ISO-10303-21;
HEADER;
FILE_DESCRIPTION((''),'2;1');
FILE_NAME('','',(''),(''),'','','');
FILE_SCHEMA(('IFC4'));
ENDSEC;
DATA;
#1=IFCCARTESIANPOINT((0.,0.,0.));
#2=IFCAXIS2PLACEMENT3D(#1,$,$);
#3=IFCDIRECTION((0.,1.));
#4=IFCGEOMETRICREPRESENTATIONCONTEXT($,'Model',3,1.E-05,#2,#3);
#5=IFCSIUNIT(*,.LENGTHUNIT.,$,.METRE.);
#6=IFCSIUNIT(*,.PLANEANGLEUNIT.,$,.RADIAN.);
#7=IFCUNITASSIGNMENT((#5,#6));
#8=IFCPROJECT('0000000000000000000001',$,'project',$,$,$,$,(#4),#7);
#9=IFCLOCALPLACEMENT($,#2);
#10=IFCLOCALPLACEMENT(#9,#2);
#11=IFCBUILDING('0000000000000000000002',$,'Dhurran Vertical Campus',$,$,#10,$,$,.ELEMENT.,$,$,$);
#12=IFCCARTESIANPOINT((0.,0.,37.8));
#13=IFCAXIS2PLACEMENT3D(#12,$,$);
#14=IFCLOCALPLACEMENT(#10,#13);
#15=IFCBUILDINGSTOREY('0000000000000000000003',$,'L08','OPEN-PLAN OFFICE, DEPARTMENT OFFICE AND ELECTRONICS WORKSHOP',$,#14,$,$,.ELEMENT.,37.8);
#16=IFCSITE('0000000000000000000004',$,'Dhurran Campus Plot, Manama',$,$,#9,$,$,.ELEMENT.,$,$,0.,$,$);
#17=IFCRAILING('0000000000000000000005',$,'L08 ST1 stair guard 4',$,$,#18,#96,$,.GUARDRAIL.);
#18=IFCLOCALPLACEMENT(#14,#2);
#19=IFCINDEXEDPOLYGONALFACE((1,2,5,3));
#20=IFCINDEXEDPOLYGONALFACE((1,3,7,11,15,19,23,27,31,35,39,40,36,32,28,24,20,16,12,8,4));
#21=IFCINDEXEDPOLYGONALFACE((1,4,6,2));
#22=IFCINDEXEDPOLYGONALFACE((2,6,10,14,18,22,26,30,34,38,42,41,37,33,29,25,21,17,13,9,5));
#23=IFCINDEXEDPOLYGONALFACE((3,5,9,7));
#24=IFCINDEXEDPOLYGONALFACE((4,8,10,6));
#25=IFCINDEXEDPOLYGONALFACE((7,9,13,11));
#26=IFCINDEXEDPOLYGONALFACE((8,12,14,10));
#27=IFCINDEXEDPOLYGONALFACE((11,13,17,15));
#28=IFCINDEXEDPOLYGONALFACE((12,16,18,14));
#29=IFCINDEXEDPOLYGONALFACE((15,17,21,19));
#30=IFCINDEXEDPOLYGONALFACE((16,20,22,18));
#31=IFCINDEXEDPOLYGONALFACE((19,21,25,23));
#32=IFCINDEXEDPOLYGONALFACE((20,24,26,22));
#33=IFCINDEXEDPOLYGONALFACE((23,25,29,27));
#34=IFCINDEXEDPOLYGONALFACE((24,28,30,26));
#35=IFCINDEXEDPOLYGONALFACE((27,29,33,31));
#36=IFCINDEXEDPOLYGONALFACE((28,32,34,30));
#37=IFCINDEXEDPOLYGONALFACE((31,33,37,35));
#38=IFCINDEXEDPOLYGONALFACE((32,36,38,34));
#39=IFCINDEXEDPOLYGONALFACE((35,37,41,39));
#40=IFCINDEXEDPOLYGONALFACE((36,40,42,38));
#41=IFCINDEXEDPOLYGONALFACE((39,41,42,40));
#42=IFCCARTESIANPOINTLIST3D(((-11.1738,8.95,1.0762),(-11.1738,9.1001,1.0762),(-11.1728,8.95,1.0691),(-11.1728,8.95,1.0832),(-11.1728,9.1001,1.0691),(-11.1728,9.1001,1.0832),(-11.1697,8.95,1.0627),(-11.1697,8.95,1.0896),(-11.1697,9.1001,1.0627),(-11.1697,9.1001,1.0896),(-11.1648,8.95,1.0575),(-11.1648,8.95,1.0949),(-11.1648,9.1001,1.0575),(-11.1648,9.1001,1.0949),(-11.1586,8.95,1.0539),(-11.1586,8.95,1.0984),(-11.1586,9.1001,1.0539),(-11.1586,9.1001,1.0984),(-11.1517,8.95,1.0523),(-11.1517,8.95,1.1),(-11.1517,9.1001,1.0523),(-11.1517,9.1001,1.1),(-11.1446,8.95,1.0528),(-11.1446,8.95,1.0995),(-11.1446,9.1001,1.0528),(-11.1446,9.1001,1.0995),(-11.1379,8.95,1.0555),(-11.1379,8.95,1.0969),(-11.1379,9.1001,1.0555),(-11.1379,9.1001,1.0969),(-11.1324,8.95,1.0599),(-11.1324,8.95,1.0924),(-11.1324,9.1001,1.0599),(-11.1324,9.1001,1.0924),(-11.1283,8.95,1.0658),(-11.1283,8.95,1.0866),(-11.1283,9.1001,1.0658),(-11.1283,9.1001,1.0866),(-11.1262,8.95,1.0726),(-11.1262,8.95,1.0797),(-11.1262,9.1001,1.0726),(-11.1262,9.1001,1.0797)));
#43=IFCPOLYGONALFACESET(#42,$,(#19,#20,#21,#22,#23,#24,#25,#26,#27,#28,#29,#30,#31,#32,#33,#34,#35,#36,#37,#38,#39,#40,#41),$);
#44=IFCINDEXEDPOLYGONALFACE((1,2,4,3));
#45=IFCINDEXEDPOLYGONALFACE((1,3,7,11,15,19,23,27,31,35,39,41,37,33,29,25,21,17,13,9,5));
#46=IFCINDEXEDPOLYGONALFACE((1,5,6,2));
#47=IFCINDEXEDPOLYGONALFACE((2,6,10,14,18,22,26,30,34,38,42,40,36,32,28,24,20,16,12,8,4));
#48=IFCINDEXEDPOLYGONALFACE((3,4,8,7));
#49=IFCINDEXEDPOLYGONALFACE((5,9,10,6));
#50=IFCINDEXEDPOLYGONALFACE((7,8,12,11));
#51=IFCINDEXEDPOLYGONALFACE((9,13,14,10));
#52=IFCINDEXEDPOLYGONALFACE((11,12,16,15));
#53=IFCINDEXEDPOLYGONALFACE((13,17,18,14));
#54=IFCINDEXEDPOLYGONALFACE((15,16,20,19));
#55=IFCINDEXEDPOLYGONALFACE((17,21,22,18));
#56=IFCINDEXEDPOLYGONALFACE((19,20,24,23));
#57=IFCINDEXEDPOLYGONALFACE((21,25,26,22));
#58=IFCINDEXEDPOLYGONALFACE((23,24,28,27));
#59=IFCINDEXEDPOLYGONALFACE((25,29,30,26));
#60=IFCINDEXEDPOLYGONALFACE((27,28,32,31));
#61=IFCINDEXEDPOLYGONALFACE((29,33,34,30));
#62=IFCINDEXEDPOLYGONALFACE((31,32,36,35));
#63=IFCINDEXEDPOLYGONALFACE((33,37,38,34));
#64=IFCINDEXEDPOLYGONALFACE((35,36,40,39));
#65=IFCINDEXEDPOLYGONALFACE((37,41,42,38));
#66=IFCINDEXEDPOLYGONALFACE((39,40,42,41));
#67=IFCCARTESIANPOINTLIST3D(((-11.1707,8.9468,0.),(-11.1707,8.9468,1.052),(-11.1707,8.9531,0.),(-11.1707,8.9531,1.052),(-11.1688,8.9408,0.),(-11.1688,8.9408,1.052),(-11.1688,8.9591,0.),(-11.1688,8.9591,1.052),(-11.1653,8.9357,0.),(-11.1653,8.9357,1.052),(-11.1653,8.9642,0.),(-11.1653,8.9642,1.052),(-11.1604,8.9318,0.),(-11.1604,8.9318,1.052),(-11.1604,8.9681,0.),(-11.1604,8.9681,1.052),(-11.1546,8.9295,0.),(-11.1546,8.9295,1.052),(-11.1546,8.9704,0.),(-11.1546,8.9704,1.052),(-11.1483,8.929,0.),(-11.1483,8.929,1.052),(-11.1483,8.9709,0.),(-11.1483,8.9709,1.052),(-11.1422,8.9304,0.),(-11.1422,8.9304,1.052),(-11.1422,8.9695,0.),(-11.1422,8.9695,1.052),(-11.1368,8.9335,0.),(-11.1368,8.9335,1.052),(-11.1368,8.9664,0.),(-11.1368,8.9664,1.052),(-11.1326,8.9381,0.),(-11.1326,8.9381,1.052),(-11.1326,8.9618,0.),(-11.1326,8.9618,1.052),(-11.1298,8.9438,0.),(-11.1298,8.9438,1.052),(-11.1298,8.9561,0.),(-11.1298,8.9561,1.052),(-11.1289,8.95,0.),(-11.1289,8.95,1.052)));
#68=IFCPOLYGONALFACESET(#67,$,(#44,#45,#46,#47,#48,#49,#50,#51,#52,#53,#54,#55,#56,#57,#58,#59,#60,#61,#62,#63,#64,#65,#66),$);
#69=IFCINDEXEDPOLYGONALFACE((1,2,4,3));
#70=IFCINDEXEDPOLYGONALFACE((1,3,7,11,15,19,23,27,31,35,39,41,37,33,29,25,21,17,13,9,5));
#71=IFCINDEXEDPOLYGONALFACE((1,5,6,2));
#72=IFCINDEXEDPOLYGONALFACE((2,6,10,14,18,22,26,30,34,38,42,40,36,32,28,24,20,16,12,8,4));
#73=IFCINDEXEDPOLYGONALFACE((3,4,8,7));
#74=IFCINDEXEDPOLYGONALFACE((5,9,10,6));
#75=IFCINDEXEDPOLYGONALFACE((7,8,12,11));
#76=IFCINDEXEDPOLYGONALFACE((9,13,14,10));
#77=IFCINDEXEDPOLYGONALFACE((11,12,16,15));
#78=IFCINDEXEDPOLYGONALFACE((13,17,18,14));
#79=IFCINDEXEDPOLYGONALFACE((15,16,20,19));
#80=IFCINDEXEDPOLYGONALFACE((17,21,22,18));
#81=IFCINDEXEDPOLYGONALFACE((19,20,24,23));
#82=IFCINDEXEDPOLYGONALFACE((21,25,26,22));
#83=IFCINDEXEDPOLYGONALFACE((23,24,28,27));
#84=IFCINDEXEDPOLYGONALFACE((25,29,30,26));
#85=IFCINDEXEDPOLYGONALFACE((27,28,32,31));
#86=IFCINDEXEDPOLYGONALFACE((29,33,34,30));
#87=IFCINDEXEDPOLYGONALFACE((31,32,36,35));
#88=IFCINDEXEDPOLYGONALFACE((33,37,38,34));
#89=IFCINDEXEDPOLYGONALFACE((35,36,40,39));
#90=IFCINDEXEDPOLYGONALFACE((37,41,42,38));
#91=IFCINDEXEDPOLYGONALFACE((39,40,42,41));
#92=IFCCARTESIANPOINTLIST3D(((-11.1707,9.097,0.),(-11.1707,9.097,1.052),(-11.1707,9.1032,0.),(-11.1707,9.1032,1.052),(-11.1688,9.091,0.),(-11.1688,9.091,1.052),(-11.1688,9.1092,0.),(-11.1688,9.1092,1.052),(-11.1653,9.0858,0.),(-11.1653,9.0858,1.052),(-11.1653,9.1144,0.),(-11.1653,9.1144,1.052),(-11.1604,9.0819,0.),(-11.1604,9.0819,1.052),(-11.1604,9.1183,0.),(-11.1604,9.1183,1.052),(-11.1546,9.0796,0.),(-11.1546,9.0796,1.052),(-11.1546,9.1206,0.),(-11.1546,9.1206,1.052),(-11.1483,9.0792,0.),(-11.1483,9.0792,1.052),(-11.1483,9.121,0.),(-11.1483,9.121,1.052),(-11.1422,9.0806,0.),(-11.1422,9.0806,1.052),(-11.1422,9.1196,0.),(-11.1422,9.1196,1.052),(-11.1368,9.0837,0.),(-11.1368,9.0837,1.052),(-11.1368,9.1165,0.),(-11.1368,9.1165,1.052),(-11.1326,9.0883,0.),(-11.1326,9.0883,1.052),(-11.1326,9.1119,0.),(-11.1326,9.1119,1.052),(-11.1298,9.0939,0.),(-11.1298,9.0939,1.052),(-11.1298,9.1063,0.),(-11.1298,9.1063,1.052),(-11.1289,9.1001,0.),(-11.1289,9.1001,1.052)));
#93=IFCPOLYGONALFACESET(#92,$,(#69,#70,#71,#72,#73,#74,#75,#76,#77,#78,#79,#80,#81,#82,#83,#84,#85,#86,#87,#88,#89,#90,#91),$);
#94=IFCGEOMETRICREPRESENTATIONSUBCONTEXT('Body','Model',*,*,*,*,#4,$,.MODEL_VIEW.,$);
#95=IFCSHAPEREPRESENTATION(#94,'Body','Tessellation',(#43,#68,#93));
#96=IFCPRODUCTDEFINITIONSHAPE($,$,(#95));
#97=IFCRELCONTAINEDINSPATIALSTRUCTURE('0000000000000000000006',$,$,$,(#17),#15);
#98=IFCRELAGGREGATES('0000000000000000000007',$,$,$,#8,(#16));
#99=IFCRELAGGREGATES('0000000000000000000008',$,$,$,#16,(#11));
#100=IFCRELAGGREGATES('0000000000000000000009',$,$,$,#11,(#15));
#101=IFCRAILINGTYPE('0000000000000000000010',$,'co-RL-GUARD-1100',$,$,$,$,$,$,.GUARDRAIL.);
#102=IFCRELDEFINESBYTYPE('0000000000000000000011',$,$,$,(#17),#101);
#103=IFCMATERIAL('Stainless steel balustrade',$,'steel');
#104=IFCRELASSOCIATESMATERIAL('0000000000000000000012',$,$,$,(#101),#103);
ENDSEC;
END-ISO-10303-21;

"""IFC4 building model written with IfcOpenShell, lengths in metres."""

from ifc_helpers import new_model, si_unit, direction, frame, origin, origin_2d, place, context, subcontext, project, spatial, circle, extrude, material, type_object, element, save


model = new_model("IFC4")

# Units and contexts
model_context = context("Model", 3, precision=1e-05, world=origin(), true_north=direction((0.0, 1.0)))
body_context = subcontext(model_context, "Body", "Model", "MODEL_VIEW")
ifc_project = project(units=[si_unit("LENGTHUNIT", "METRE"), si_unit("PLANEANGLEUNIT", "RADIAN")], contexts=[model_context])

# Site, building, storey
site_placement = place(None, origin())
site = spatial("IfcSite", under=ifc_project, at=site_placement, Name="Dhurran Campus Plot, Manama", CompositionType="ELEMENT", RefElevation=0.0)
building_placement = place(site_placement, origin())
building = spatial("IfcBuilding", under=site, at=building_placement, Name="Dhurran Vertical Campus", CompositionType="ELEMENT")
storey_placement = place(building_placement, frame((0.0, 0.0, 37.8)))
storey = spatial("IfcBuildingStorey", under=building, at=storey_placement, Name="L08", Description="OPEN-PLAN OFFICE, DEPARTMENT OFFICE AND ELECTRONICS WORKSHOP", CompositionType="ELEMENT", Elevation=37.8)

# Railing
ifc_material_1 = material(Name="Stainless steel balustrade", Category="steel")
railing_type_1 = type_object("IfcRailingType", Name="co-RL-GUARD-1100", PredefinedType="GUARDRAIL", material=ifc_material_1)
railing_1_placement = place(storey_placement, frame((-11.1499, 8.95, 0.0)))
element("IfcRailing", 1, at=railing_1_placement, inside=storey, type_object=railing_type_1, Name="L08 ST1 stair guard 4", PredefinedType="GUARDRAIL", context=body_context, shape_type="SweptSolid", body=[
    extrude(circle(Radius=0.0239, at=origin_2d()), frame((0.0, 0.0, 1.0762), z_axis=(0.0, 1.0, 0.0), x_axis=(-1.0, 0.0, 0.0)), (0.0, 0.0, 1.0), 0.1501),
    extrude(circle(Radius=0.021, at=origin_2d()), origin(), (0.0, 0.0, 1.0), 1.052),
    extrude(circle(Radius=0.021, at=origin_2d()), frame((0.0, 0.1501, 0.0)), (0.0, 0.0, 1.0), 1.052),
])

save(model, "model.ifc")
